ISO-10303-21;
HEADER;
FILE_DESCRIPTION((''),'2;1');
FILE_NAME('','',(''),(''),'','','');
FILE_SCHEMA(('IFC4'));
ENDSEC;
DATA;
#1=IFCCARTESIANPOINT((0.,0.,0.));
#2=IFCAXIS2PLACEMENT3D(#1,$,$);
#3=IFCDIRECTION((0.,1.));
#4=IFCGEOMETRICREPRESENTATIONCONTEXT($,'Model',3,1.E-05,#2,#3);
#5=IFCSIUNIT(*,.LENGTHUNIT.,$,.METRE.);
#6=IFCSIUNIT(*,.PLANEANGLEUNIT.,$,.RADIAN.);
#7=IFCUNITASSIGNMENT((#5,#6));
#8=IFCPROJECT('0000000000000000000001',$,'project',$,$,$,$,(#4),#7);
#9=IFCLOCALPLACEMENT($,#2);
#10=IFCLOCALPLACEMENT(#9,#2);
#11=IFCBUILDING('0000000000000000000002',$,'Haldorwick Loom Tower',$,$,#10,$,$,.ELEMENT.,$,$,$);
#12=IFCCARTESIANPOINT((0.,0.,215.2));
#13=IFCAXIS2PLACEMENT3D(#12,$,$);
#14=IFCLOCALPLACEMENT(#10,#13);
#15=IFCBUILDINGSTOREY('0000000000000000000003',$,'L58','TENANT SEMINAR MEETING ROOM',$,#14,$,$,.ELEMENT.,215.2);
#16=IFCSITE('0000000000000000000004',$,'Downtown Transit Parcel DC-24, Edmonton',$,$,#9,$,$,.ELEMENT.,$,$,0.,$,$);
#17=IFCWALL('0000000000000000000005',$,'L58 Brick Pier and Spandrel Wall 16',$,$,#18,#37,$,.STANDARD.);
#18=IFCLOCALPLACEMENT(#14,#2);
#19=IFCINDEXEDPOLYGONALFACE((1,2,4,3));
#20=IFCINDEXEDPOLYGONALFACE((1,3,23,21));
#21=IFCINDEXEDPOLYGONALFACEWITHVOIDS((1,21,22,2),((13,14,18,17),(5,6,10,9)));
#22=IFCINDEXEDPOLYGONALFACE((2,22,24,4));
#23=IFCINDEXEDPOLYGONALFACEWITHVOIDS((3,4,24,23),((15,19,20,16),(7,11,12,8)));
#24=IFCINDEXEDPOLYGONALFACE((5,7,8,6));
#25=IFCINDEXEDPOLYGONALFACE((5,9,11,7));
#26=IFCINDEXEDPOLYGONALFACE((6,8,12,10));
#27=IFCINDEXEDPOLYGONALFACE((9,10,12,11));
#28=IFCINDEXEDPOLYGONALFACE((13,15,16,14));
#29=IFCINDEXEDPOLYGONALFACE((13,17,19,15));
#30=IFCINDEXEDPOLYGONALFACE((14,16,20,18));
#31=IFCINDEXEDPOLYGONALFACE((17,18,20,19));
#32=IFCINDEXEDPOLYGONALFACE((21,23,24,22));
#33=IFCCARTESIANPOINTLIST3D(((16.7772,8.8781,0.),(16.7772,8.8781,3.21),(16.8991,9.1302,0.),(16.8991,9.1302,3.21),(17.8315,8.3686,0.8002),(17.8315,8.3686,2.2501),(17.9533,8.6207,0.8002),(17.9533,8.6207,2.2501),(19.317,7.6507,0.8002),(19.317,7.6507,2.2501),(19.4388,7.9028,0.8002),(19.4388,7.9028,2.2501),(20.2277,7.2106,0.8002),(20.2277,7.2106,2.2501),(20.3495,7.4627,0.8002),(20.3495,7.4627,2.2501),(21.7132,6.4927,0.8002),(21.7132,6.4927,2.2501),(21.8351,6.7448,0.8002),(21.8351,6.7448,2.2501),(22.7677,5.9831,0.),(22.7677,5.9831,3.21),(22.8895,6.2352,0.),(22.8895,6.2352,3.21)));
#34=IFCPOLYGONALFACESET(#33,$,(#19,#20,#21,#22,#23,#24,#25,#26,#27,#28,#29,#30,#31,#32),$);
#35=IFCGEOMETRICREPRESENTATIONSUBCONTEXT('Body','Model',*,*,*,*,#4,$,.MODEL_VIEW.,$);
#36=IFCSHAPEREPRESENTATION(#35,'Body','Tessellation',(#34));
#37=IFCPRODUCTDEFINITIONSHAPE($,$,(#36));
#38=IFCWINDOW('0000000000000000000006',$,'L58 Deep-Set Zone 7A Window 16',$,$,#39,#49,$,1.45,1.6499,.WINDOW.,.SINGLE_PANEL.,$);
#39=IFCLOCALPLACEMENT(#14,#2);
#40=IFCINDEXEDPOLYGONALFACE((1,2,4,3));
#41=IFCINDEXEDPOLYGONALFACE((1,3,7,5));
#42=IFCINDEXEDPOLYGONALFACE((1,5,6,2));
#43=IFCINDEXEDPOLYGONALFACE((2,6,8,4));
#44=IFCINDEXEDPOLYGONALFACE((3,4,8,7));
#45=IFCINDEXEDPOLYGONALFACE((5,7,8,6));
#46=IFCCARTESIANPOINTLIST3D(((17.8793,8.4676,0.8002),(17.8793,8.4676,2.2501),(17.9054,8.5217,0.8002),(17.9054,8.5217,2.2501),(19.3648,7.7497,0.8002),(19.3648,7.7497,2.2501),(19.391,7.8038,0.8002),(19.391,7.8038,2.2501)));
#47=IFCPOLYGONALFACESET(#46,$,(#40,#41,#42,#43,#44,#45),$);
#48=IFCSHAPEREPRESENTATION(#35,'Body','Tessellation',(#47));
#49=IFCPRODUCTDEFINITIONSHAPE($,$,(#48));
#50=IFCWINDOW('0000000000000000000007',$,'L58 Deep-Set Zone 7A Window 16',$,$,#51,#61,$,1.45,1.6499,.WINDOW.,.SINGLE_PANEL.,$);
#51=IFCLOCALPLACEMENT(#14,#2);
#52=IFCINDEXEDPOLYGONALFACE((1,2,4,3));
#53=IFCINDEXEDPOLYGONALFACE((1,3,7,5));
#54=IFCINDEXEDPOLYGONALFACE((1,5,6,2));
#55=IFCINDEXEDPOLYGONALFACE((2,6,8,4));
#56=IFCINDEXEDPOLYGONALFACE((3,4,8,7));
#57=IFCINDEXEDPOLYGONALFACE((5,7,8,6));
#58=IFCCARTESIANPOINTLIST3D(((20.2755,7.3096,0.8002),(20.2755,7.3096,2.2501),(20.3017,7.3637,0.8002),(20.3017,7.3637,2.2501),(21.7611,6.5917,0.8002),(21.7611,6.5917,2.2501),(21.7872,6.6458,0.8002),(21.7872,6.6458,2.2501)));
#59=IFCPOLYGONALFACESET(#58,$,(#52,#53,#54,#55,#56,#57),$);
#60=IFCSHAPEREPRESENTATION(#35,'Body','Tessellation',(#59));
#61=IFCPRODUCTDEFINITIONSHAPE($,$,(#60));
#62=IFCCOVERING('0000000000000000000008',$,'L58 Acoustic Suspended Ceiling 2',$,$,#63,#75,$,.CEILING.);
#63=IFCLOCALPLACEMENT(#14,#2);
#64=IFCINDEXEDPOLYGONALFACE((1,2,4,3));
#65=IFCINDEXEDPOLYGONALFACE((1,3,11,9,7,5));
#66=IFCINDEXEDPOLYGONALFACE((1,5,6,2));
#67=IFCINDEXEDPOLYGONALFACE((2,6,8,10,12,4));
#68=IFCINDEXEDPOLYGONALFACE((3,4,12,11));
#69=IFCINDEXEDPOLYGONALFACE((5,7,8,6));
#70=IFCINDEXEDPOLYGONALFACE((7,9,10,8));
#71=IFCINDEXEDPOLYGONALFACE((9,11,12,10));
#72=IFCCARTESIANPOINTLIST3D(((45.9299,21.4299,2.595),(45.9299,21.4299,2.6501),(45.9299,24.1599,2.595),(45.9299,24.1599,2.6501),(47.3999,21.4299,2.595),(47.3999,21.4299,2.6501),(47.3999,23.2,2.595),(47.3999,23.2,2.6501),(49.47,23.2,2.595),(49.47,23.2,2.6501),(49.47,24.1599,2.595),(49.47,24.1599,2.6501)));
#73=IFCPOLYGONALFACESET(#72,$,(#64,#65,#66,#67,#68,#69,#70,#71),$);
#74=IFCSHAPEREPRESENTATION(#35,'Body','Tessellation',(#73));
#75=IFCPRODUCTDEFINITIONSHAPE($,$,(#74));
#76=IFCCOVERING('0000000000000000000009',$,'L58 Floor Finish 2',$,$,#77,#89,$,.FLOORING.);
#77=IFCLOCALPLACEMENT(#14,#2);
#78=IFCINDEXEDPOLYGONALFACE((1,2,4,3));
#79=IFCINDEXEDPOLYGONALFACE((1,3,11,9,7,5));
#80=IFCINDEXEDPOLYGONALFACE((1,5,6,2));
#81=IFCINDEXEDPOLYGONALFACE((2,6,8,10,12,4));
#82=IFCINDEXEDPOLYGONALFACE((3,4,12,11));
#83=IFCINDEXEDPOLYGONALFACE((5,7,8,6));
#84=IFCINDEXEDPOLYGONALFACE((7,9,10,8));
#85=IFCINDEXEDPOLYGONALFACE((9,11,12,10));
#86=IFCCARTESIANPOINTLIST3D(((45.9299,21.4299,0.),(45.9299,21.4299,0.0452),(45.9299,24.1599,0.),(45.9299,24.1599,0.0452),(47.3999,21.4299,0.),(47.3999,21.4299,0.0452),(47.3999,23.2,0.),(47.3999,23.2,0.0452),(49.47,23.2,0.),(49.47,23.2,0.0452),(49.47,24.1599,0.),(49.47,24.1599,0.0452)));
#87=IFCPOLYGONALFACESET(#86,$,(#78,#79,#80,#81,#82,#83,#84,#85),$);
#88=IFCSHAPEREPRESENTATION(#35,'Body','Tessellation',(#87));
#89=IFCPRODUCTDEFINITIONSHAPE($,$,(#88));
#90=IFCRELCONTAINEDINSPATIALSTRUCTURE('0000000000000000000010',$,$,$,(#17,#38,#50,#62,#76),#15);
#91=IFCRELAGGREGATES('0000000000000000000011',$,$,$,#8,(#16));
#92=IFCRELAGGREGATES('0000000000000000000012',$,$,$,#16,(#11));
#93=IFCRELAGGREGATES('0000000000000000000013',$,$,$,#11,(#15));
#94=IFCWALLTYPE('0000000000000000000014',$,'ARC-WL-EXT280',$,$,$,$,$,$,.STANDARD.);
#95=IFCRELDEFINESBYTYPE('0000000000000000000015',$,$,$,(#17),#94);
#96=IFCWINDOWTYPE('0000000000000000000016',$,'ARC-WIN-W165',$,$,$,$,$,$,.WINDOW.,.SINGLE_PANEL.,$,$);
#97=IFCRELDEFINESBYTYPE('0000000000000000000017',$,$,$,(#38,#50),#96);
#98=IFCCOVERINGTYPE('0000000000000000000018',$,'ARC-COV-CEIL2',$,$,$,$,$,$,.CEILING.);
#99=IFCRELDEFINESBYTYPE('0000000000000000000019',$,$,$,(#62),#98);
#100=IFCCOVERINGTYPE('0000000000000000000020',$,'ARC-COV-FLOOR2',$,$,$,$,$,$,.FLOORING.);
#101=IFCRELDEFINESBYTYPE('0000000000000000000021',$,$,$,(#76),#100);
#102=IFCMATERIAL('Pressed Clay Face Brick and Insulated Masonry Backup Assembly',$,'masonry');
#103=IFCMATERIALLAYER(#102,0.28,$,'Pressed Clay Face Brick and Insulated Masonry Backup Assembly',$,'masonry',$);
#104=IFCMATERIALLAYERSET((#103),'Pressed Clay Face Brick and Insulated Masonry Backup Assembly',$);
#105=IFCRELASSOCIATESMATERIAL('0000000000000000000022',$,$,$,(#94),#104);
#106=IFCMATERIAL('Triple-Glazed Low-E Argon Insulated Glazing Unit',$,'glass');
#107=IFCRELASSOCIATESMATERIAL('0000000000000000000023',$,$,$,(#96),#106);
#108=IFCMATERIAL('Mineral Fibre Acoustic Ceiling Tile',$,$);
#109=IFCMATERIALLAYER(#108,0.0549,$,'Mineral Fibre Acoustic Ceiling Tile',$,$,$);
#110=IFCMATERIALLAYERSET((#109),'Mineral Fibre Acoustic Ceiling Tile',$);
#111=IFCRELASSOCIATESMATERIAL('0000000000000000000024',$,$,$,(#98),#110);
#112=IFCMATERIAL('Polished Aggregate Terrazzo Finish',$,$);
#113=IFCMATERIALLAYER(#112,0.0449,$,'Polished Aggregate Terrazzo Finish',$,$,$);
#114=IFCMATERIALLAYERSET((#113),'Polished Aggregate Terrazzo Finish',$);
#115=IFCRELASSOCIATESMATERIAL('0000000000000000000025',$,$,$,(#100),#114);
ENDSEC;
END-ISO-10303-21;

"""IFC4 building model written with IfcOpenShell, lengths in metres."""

from ifc_helpers import new_model, si_unit, direction, frame, frame_2d, origin, place, context, subcontext, project, spatial, polyline, rectangle, outline, extrude, material, layer, layer_set, type_object, element, fill, save


model = new_model("IFC4")

# Units and contexts
model_context = context("Model", 3, precision=1e-05, world=origin(), true_north=direction((0.0, 1.0)))
body_context = subcontext(model_context, "Body", "Model", "MODEL_VIEW")
ifc_project = project(units=[si_unit("LENGTHUNIT", "METRE"), si_unit("PLANEANGLEUNIT", "RADIAN")], contexts=[model_context])

# Site, building, storey
site_placement = place(None, origin())
site = spatial("IfcSite", under=ifc_project, at=site_placement, Name="Downtown Transit Parcel DC-24, Edmonton", CompositionType="ELEMENT", RefElevation=0.0)
building_placement = place(site_placement, origin())
building = spatial("IfcBuilding", under=site, at=building_placement, Name="Haldorwick Loom Tower", CompositionType="ELEMENT")
storey_placement = place(building_placement, frame((0.0, 0.0, 215.2)))
storey = spatial("IfcBuildingStorey", under=building, at=storey_placement, Name="L58", Description="TENANT SEMINAR MEETING ROOM", CompositionType="ELEMENT", Elevation=215.2)

# Shared definitions
ifc_material_1 = material(Name="Pressed Clay Face Brick and Insulated Masonry Backup Assembly", Category="masonry")
ifc_layer_1 = layer(ifc_material_1, 0.28, Name="Pressed Clay Face Brick and Insulated Masonry Backup Assembly", Category="masonry")
ifc_layer_set_1 = layer_set([ifc_layer_1], Name="Pressed Clay Face Brick and Insulated Masonry Backup Assembly")
wall_type = type_object("IfcWallType", Name="ARC-WL-EXT280", PredefinedType="STANDARD", material=ifc_layer_set_1)

# Wall, openings, windows
wall_1_placement = place(storey_placement, frame((16.8381, 9.0042, 0.0), z_axis=(0.0, 0.0, 1.0), x_axis=(0.900371, -0.435123, 0.0)))
wall_1 = element("IfcWall", 1, at=wall_1_placement, inside=storey, type_object=wall_type, Name="L58 Brick Pier and Spandrel Wall 16", PredefinedType="STANDARD", context=body_context, shape_type="SweptSolid", body=[
    extrude(rectangle(XDim=6.6533, YDim=0.28, at=frame_2d((3.3267, 0.0))), origin(), (0.0, 0.0, 1.0), 3.21),
])
opening_1_placement = place(wall_1_placement, frame((1.1709, 0.0, 0.8)))
opening_1 = element("IfcOpeningElement", 2, at=opening_1_placement, cuts=wall_1, PredefinedType="OPENING", context=body_context, shape_type="SweptSolid", body=[
    extrude(rectangle(XDim=1.6499, YDim=1.45, at=frame_2d((0.825, 0.7251))), frame((0.0, 0.1499, 0.0), z_axis=(0.0, -1.0, 0.0), x_axis=(1.0, 0.0, 0.0)), (0.0, 0.0, 1.0), 0.3),
])
opening_2_placement = place(wall_1_placement, frame((3.8323, 0.0, 0.8)))
opening_2 = element("IfcOpeningElement", 3, at=opening_2_placement, cuts=wall_1, PredefinedType="OPENING", context=body_context, shape_type="SweptSolid", body=[
    extrude(rectangle(XDim=1.6499, YDim=1.45, at=frame_2d((0.825, 0.7251))), frame((0.0, 0.1499, 0.0), z_axis=(0.0, -1.0, 0.0), x_axis=(1.0, 0.0, 0.0)), (0.0, 0.0, 1.0), 0.3),
])
ifc_material_2 = material(Name="Triple-Glazed Low-E Argon Insulated Glazing Unit", Category="glass")
window_type = type_object("IfcWindowType", Name="ARC-WIN-W165", PartitioningType="SINGLE_PANEL", PredefinedType="WINDOW", material=ifc_material_2)
window_1_placement = place(opening_1_placement, origin())
window_1 = element("IfcWindow", 4, at=window_1_placement, inside=storey, type_object=window_type, Name="L58 Deep-Set Zone 7A Window 16", OverallHeight=1.45, OverallWidth=1.6499, PartitioningType="SINGLE_PANEL", PredefinedType="WINDOW", context=body_context, shape_type="SweptSolid", body=[
    extrude(rectangle(XDim=1.6499, YDim=1.45, at=frame_2d((0.825, 0.7251))), frame((0.0, 0.03, 0.0), z_axis=(0.0, -1.0, 0.0), x_axis=(1.0, 0.0, 0.0)), (0.0, 0.0, 1.0), 0.0601),
])
fill(opening_1, window_1)
window_2_placement = place(opening_2_placement, origin())
window_2 = element("IfcWindow", 5, at=window_2_placement, inside=storey, type_object=window_type, Name="L58 Deep-Set Zone 7A Window 16", OverallHeight=1.45, OverallWidth=1.6499, PartitioningType="SINGLE_PANEL", PredefinedType="WINDOW", context=body_context, shape_type="SweptSolid", body=[
    extrude(rectangle(XDim=1.6499, YDim=1.45, at=frame_2d((0.825, 0.7251))), frame((0.0, 0.03, 0.0), z_axis=(0.0, -1.0, 0.0), x_axis=(1.0, 0.0, 0.0)), (0.0, 0.0, 1.0), 0.0601),
])
fill(opening_2, window_2)

# Coverings
ifc_material_3 = material(Name="Mineral Fibre Acoustic Ceiling Tile")
ifc_layer_2 = layer(ifc_material_3, 0.0549, Name="Mineral Fibre Acoustic Ceiling Tile")
ifc_layer_set_2 = layer_set([ifc_layer_2], Name="Mineral Fibre Acoustic Ceiling Tile")
covering_type_1 = type_object("IfcCoveringType", Name="ARC-COV-CEIL2", PredefinedType="CEILING", material=ifc_layer_set_2)
covering_1_placement = place(storey_placement, frame((0.0, 0.0, 2.595)))
element("IfcCovering", 6, at=covering_1_placement, inside=storey, type_object=covering_type_1, Name="L58 Acoustic Suspended Ceiling 2", PredefinedType="CEILING", context=body_context, shape_type="SweptSolid", body=[
    extrude(outline(polyline([(45.9299, 24.1599), (45.9299, 21.4299), (47.3999, 21.4299), (47.3999, 23.2), (49.47, 23.2), (49.47, 24.1599), (45.9299, 24.1599)])), origin(), (0.0, 0.0, 1.0), 0.0552),
])
ifc_material_4 = material(Name="Polished Aggregate Terrazzo Finish")
ifc_layer_3 = layer(ifc_material_4, 0.0449, Name="Polished Aggregate Terrazzo Finish")
ifc_layer_set_3 = layer_set([ifc_layer_3], Name="Polished Aggregate Terrazzo Finish")
covering_type_2 = type_object("IfcCoveringType", Name="ARC-COV-FLOOR2", PredefinedType="FLOORING", material=ifc_layer_set_3)
covering_2_placement = place(storey_placement, origin())
element("IfcCovering", 7, at=covering_2_placement, inside=storey, type_object=covering_type_2, Name="L58 Floor Finish 2", PredefinedType="FLOORING", context=body_context, shape_type="SweptSolid", body=[
    extrude(outline(polyline([(45.9299, 24.1599), (45.9299, 21.4299), (47.3999, 21.4299), (47.3999, 23.2), (49.47, 23.2), (49.47, 24.1599), (45.9299, 24.1599)])), origin(), (0.0, 0.0, 1.0), 0.0452),
])

save(model, "model.ifc")
